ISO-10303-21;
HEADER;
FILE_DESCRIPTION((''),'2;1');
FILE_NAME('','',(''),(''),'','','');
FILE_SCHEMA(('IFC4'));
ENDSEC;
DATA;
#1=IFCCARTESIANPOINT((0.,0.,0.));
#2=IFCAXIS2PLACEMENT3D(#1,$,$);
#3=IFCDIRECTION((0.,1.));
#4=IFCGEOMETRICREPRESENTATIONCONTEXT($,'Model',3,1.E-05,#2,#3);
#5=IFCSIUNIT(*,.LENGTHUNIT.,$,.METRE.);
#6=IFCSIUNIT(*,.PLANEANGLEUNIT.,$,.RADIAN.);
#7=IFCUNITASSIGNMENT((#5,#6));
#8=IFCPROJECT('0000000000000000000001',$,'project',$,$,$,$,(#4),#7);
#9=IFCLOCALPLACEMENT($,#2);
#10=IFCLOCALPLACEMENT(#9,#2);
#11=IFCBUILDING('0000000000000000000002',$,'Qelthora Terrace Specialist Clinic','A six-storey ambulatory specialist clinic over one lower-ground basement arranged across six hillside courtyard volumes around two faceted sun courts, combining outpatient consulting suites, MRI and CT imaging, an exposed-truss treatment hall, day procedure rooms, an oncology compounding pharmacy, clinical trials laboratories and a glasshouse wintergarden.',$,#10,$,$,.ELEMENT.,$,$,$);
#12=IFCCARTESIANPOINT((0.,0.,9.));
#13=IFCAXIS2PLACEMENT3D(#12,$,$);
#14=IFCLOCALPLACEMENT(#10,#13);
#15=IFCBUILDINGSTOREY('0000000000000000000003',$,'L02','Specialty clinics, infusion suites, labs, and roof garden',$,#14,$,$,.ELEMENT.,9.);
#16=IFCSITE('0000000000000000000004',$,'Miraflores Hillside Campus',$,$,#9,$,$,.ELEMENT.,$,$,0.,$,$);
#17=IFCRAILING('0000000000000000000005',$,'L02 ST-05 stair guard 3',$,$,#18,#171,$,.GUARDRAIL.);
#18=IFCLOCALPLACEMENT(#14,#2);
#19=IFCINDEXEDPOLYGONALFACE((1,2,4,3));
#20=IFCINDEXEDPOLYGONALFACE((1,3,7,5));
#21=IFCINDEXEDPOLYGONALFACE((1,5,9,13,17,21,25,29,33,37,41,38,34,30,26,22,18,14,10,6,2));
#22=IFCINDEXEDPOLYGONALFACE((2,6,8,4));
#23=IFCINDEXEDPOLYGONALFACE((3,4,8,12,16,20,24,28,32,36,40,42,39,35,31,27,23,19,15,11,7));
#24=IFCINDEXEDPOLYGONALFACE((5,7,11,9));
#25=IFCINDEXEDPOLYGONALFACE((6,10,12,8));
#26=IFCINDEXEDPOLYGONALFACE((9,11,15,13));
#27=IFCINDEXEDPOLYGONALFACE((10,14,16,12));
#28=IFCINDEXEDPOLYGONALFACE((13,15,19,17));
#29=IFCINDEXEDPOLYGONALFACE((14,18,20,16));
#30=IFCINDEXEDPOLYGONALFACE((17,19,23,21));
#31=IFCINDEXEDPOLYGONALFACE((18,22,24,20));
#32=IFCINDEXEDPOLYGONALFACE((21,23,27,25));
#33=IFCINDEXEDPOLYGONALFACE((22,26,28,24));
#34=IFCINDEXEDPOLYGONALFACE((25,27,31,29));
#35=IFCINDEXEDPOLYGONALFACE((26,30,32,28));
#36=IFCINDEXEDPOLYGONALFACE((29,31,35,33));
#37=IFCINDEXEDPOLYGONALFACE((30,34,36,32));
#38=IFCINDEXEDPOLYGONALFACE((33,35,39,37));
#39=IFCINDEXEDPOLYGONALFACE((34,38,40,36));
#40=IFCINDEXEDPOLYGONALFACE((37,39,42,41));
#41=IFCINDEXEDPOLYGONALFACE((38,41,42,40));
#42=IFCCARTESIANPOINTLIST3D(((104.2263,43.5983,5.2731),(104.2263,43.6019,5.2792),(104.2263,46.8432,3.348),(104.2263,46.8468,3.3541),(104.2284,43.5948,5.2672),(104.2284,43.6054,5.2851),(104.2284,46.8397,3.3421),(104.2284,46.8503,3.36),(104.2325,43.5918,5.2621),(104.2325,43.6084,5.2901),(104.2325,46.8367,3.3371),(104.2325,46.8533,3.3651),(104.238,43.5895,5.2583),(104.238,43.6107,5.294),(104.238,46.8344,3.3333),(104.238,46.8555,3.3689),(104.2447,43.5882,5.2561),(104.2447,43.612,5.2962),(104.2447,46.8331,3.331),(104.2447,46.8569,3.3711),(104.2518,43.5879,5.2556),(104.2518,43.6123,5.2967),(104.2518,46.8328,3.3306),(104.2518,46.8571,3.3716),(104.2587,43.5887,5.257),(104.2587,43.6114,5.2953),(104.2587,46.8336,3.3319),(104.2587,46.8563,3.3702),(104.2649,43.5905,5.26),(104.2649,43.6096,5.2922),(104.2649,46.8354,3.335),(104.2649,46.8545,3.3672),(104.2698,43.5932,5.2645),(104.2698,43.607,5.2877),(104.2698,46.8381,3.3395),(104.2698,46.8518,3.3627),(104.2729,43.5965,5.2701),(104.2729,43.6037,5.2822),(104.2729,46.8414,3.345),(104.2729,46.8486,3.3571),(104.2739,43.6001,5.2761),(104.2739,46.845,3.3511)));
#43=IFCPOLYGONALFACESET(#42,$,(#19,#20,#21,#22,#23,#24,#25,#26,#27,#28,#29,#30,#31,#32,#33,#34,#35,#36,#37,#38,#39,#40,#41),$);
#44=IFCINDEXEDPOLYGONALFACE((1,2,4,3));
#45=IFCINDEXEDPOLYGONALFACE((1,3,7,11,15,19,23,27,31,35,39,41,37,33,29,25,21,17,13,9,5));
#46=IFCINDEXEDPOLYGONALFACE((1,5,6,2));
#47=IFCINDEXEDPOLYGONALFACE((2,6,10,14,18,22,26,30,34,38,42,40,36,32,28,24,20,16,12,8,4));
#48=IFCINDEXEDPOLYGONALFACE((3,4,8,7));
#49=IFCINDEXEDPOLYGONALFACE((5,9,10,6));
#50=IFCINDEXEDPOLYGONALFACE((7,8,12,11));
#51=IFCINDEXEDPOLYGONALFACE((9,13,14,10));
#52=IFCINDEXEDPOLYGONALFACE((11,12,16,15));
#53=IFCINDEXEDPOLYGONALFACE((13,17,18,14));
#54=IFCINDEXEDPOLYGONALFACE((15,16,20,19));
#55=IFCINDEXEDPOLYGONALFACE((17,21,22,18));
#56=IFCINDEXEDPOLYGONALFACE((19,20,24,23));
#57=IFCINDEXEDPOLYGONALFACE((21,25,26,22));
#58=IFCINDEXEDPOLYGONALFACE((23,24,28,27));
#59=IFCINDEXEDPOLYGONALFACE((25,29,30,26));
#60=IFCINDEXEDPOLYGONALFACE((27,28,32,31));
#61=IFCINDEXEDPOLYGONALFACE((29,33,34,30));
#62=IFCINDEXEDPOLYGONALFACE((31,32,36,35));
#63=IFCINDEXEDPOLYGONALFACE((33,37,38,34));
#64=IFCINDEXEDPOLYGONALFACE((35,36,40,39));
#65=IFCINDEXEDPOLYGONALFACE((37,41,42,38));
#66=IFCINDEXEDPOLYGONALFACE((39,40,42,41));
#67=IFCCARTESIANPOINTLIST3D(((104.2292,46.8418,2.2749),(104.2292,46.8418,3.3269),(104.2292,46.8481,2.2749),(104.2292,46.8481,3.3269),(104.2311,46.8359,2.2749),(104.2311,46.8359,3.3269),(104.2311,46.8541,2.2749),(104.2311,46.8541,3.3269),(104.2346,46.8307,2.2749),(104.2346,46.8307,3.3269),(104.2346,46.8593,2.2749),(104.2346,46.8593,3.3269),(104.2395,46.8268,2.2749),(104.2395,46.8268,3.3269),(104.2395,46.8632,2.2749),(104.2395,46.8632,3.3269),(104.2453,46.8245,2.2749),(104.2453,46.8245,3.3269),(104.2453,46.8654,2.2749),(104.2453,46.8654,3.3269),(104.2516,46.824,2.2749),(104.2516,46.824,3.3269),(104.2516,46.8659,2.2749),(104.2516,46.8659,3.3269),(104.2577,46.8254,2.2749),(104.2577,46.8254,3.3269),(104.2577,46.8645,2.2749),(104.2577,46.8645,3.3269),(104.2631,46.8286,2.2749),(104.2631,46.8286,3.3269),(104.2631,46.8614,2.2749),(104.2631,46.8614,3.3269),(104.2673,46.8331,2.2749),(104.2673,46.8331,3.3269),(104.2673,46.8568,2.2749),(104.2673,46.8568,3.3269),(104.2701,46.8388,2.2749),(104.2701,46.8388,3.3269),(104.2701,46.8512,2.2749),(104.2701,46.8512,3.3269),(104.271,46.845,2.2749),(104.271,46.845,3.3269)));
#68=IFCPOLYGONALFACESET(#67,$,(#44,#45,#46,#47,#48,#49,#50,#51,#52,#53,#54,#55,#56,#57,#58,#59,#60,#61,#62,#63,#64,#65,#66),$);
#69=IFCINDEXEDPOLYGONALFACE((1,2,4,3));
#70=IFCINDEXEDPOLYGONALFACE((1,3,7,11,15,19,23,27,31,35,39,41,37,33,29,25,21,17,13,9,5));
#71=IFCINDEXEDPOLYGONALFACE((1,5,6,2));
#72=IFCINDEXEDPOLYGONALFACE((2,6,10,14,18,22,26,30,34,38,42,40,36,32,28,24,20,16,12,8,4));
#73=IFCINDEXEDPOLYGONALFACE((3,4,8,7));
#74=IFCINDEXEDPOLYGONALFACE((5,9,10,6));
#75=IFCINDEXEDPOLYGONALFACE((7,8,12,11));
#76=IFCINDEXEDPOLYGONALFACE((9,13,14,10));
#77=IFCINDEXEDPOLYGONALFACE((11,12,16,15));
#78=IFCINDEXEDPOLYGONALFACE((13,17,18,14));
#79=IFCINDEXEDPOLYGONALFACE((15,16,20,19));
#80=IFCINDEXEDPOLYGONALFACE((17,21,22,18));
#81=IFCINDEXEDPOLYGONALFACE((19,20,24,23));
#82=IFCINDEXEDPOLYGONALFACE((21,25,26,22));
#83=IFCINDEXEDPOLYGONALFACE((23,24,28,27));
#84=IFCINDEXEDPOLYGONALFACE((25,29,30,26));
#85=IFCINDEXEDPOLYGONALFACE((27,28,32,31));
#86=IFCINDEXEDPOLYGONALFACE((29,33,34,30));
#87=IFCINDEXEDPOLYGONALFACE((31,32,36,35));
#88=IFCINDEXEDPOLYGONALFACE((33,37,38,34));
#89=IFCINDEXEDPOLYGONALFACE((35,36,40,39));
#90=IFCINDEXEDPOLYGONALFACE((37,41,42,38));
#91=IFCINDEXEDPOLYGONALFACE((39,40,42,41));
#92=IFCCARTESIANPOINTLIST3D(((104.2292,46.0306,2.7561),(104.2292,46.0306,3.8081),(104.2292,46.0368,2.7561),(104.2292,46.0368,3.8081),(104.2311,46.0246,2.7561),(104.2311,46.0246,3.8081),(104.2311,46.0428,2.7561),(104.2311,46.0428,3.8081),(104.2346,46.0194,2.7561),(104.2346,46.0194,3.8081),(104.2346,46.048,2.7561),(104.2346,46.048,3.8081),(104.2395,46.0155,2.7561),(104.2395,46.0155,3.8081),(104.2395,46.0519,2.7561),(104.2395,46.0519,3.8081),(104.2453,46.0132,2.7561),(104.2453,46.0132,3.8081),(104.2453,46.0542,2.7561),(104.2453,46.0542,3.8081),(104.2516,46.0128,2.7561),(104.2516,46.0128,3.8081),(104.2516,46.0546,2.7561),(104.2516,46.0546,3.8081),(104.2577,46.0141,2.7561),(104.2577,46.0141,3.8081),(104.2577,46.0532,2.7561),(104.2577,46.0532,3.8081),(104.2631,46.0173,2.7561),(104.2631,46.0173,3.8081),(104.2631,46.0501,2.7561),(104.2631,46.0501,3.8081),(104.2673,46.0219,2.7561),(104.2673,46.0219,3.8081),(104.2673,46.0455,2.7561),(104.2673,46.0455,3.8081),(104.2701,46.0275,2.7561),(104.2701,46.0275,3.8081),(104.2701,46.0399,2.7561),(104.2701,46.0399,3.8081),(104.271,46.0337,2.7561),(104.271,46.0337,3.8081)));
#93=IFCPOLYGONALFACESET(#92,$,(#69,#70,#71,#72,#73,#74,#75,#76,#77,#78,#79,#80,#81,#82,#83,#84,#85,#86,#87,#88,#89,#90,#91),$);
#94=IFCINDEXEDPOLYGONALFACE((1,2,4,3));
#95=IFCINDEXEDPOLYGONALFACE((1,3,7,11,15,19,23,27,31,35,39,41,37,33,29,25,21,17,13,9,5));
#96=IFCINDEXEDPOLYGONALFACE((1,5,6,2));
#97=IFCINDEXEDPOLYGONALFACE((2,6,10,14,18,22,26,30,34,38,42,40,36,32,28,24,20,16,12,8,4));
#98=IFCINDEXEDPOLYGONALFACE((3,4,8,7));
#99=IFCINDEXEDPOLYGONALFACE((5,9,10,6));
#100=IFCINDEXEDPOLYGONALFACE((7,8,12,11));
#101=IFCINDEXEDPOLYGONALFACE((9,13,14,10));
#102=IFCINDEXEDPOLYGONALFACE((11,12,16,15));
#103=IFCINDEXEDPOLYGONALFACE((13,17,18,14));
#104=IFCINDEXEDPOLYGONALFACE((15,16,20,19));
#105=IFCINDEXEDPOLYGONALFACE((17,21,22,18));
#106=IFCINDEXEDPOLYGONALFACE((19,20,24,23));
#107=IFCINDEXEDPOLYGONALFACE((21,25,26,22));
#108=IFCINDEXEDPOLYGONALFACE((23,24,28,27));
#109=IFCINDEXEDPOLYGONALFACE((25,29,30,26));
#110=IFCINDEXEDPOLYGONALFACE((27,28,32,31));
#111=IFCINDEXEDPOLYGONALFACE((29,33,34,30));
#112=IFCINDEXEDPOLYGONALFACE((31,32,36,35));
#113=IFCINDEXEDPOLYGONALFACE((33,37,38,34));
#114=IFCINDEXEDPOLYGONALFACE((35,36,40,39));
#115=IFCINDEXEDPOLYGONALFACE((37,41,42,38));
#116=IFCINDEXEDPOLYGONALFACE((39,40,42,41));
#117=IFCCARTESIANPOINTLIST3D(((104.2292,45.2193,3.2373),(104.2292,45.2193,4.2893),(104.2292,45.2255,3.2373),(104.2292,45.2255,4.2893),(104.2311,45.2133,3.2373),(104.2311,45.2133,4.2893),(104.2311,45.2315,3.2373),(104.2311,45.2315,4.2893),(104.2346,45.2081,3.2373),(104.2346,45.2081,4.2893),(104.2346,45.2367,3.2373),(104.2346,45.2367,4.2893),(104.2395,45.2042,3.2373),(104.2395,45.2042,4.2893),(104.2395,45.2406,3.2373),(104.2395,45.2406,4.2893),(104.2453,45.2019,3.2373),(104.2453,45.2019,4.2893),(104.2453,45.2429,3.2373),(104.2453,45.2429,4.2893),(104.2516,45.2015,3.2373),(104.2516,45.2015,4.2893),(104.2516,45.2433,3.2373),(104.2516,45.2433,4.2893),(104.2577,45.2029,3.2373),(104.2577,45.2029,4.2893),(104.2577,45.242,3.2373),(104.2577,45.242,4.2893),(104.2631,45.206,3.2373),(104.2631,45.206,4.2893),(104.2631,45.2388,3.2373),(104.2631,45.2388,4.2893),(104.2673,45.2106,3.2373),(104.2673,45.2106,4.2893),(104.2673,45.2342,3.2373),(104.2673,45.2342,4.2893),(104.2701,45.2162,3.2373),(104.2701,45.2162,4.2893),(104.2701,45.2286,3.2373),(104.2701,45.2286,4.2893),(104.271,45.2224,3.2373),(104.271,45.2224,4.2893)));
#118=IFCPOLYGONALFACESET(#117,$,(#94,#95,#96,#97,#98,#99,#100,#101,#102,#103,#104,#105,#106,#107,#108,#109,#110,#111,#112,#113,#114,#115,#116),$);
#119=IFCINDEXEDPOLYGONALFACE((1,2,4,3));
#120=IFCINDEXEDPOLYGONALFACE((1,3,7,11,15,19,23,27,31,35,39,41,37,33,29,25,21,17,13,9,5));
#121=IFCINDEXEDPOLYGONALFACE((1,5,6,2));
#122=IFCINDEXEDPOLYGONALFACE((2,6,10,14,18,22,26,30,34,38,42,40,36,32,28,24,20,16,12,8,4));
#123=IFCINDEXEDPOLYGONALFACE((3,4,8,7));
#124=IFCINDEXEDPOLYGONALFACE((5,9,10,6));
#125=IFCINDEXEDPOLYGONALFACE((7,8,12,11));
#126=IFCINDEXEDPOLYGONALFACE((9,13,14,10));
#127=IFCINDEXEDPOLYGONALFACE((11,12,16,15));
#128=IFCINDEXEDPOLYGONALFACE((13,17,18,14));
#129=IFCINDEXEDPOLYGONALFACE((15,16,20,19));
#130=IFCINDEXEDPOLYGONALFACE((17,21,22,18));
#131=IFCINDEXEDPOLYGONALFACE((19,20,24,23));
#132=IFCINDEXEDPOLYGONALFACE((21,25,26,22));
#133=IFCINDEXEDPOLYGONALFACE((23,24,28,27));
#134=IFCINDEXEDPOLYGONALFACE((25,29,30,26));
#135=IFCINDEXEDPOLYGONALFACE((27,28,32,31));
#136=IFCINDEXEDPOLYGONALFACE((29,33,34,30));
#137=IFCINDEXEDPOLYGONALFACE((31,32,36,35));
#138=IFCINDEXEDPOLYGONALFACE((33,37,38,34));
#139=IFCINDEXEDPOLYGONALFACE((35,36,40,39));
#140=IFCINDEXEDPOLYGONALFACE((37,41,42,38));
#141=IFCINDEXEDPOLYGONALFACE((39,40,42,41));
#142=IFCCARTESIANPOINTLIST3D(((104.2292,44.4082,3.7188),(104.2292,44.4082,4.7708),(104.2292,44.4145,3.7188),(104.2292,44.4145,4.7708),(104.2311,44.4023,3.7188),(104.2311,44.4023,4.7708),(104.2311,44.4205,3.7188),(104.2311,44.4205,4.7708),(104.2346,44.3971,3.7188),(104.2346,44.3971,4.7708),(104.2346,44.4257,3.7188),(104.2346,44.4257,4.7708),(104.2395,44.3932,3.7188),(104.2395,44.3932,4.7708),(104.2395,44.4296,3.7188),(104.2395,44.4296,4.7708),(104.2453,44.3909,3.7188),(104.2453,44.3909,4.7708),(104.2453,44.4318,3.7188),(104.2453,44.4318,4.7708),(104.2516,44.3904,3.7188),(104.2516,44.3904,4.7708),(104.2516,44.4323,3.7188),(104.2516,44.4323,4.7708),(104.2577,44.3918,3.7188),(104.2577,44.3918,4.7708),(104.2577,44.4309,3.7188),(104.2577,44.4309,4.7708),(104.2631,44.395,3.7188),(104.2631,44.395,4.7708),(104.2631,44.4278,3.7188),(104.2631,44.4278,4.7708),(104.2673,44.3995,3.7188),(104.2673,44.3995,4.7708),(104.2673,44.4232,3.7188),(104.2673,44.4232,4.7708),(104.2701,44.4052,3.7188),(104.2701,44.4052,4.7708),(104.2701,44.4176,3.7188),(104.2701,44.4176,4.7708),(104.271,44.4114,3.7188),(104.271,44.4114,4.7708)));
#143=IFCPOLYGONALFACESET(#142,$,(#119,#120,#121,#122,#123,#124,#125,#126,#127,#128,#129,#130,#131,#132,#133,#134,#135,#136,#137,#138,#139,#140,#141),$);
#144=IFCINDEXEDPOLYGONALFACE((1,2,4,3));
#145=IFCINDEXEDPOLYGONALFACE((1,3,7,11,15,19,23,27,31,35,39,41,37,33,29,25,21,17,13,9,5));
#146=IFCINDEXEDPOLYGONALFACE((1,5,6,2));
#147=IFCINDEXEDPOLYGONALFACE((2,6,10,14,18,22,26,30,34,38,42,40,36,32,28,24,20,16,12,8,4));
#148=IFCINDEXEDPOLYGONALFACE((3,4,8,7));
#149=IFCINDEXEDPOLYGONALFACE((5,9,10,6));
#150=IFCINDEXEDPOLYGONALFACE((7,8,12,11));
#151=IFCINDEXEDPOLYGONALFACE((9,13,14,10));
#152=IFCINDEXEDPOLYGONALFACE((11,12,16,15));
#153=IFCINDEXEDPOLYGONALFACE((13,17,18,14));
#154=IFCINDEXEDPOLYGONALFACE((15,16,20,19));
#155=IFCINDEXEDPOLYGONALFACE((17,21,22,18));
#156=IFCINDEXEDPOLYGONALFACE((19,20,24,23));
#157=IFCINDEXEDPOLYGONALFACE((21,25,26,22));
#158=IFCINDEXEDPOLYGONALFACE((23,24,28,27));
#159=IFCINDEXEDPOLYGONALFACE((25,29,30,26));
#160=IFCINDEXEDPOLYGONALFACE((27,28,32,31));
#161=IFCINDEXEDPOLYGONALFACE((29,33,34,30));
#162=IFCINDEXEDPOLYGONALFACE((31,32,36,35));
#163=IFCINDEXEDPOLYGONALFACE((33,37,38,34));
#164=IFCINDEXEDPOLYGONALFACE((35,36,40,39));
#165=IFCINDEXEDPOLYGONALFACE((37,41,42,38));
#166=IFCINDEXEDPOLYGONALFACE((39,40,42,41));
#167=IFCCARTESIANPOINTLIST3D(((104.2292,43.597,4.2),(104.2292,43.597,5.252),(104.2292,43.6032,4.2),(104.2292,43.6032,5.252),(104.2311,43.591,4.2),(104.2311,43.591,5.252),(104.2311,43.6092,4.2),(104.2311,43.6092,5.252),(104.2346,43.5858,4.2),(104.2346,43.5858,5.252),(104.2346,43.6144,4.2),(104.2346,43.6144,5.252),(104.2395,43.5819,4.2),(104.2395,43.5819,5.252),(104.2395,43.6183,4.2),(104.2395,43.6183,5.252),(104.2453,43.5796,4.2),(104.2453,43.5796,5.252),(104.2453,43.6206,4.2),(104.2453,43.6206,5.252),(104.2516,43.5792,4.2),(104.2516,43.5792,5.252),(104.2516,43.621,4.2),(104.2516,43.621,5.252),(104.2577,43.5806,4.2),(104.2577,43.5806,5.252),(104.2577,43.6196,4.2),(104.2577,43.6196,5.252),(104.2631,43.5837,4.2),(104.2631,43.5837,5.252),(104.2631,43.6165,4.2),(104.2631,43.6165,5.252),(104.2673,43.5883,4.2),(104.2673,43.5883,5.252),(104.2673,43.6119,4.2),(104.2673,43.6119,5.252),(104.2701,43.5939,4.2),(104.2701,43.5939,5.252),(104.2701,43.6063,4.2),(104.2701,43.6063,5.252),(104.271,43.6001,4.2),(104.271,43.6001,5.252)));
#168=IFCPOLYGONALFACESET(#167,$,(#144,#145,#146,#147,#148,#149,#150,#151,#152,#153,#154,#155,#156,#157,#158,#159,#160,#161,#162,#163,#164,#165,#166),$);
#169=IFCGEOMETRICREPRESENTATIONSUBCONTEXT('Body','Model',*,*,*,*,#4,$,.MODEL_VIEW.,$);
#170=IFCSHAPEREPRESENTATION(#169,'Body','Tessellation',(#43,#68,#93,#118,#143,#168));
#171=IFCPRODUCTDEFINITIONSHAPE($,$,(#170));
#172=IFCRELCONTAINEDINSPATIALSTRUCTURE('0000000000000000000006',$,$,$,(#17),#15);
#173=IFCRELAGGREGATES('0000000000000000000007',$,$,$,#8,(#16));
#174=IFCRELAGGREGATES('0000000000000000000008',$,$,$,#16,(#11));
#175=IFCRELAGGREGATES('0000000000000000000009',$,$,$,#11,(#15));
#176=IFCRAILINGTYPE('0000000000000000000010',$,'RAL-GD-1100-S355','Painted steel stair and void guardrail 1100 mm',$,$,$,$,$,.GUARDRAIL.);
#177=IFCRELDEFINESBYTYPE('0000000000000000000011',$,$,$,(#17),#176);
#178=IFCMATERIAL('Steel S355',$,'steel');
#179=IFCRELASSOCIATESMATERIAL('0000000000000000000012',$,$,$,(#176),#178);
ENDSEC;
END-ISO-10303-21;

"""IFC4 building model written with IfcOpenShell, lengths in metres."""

from ifc_helpers import new_model, si_unit, direction, frame, origin, origin_2d, place, context, subcontext, project, spatial, circle, extrude, material, type_object, element, save


model = new_model("IFC4")

# Units and contexts
model_context = context("Model", 3, precision=1e-05, world=origin(), true_north=direction((0.0, 1.0)))
body_context = subcontext(model_context, "Body", "Model", "MODEL_VIEW")
ifc_project = project(units=[si_unit("LENGTHUNIT", "METRE"), si_unit("PLANEANGLEUNIT", "RADIAN")], contexts=[model_context])

# Site, building, storey
site_placement = place(None, origin())
site = spatial("IfcSite", under=ifc_project, at=site_placement, Name="Miraflores Hillside Campus", CompositionType="ELEMENT", RefElevation=0.0)
building_placement = place(site_placement, origin())
building = spatial("IfcBuilding", under=site, at=building_placement, Name="Qelthora Terrace Specialist Clinic", Description="A six-storey ambulatory specialist clinic over one lower-ground basement arranged across six hillside courtyard volumes around two faceted sun courts, combining outpatient consulting suites, MRI and CT imaging, an exposed-truss treatment hall, day procedure rooms, an oncology compounding pharmacy, clinical trials laboratories and a glasshouse wintergarden.", CompositionType="ELEMENT")
storey_placement = place(building_placement, frame((0.0, 0.0, 9.0)))
storey = spatial("IfcBuildingStorey", under=building, at=storey_placement, Name="L02", Description="Specialty clinics, infusion suites, labs, and roof garden", CompositionType="ELEMENT", Elevation=9.0)

# Shared definitions
ifc_material_1 = material(Name="Steel S355", Category="steel")

# Railing
railing_type_1 = type_object("IfcRailingType", Name="RAL-GD-1100-S355", Description="Painted steel stair and void guardrail 1100 mm", PredefinedType="GUARDRAIL", material=ifc_material_1)
railing_1_placement = place(storey_placement, frame((104.25, 46.845, 2.2749)))
element("IfcRailing", 1, at=railing_1_placement, inside=storey, type_object=railing_type_1, Name="L02 ST-05 stair guard 3", PredefinedType="GUARDRAIL", context=body_context, shape_type="SweptSolid", body=[
    extrude(circle(Radius=0.0239, at=origin_2d()), frame((0.0, 0.0, 1.0762), z_axis=(0.0, -0.86004, 0.510226), x_axis=(1.0, 0.0, 0.0)), (0.0, 0.0, 1.0), 3.7729),
    extrude(circle(Radius=0.021, at=origin_2d()), origin(), (0.0, 0.0, 1.0), 1.052),
    extrude(circle(Radius=0.021, at=origin_2d()), frame((0.0, -0.8113, 0.4812)), (0.0, 0.0, 1.0), 1.052),
    extrude(circle(Radius=0.021, at=origin_2d()), frame((0.0, -1.6226, 0.9624)), (0.0, 0.0, 1.0), 1.052),
    extrude(circle(Radius=0.021, at=origin_2d()), frame((0.0, -2.4336, 1.4438)), (0.0, 0.0, 1.0), 1.052),
    extrude(circle(Radius=0.021, at=origin_2d()), frame((0.0, -3.2449, 1.925)), (0.0, 0.0, 1.0), 1.052),
])

save(model, "model.ifc")
